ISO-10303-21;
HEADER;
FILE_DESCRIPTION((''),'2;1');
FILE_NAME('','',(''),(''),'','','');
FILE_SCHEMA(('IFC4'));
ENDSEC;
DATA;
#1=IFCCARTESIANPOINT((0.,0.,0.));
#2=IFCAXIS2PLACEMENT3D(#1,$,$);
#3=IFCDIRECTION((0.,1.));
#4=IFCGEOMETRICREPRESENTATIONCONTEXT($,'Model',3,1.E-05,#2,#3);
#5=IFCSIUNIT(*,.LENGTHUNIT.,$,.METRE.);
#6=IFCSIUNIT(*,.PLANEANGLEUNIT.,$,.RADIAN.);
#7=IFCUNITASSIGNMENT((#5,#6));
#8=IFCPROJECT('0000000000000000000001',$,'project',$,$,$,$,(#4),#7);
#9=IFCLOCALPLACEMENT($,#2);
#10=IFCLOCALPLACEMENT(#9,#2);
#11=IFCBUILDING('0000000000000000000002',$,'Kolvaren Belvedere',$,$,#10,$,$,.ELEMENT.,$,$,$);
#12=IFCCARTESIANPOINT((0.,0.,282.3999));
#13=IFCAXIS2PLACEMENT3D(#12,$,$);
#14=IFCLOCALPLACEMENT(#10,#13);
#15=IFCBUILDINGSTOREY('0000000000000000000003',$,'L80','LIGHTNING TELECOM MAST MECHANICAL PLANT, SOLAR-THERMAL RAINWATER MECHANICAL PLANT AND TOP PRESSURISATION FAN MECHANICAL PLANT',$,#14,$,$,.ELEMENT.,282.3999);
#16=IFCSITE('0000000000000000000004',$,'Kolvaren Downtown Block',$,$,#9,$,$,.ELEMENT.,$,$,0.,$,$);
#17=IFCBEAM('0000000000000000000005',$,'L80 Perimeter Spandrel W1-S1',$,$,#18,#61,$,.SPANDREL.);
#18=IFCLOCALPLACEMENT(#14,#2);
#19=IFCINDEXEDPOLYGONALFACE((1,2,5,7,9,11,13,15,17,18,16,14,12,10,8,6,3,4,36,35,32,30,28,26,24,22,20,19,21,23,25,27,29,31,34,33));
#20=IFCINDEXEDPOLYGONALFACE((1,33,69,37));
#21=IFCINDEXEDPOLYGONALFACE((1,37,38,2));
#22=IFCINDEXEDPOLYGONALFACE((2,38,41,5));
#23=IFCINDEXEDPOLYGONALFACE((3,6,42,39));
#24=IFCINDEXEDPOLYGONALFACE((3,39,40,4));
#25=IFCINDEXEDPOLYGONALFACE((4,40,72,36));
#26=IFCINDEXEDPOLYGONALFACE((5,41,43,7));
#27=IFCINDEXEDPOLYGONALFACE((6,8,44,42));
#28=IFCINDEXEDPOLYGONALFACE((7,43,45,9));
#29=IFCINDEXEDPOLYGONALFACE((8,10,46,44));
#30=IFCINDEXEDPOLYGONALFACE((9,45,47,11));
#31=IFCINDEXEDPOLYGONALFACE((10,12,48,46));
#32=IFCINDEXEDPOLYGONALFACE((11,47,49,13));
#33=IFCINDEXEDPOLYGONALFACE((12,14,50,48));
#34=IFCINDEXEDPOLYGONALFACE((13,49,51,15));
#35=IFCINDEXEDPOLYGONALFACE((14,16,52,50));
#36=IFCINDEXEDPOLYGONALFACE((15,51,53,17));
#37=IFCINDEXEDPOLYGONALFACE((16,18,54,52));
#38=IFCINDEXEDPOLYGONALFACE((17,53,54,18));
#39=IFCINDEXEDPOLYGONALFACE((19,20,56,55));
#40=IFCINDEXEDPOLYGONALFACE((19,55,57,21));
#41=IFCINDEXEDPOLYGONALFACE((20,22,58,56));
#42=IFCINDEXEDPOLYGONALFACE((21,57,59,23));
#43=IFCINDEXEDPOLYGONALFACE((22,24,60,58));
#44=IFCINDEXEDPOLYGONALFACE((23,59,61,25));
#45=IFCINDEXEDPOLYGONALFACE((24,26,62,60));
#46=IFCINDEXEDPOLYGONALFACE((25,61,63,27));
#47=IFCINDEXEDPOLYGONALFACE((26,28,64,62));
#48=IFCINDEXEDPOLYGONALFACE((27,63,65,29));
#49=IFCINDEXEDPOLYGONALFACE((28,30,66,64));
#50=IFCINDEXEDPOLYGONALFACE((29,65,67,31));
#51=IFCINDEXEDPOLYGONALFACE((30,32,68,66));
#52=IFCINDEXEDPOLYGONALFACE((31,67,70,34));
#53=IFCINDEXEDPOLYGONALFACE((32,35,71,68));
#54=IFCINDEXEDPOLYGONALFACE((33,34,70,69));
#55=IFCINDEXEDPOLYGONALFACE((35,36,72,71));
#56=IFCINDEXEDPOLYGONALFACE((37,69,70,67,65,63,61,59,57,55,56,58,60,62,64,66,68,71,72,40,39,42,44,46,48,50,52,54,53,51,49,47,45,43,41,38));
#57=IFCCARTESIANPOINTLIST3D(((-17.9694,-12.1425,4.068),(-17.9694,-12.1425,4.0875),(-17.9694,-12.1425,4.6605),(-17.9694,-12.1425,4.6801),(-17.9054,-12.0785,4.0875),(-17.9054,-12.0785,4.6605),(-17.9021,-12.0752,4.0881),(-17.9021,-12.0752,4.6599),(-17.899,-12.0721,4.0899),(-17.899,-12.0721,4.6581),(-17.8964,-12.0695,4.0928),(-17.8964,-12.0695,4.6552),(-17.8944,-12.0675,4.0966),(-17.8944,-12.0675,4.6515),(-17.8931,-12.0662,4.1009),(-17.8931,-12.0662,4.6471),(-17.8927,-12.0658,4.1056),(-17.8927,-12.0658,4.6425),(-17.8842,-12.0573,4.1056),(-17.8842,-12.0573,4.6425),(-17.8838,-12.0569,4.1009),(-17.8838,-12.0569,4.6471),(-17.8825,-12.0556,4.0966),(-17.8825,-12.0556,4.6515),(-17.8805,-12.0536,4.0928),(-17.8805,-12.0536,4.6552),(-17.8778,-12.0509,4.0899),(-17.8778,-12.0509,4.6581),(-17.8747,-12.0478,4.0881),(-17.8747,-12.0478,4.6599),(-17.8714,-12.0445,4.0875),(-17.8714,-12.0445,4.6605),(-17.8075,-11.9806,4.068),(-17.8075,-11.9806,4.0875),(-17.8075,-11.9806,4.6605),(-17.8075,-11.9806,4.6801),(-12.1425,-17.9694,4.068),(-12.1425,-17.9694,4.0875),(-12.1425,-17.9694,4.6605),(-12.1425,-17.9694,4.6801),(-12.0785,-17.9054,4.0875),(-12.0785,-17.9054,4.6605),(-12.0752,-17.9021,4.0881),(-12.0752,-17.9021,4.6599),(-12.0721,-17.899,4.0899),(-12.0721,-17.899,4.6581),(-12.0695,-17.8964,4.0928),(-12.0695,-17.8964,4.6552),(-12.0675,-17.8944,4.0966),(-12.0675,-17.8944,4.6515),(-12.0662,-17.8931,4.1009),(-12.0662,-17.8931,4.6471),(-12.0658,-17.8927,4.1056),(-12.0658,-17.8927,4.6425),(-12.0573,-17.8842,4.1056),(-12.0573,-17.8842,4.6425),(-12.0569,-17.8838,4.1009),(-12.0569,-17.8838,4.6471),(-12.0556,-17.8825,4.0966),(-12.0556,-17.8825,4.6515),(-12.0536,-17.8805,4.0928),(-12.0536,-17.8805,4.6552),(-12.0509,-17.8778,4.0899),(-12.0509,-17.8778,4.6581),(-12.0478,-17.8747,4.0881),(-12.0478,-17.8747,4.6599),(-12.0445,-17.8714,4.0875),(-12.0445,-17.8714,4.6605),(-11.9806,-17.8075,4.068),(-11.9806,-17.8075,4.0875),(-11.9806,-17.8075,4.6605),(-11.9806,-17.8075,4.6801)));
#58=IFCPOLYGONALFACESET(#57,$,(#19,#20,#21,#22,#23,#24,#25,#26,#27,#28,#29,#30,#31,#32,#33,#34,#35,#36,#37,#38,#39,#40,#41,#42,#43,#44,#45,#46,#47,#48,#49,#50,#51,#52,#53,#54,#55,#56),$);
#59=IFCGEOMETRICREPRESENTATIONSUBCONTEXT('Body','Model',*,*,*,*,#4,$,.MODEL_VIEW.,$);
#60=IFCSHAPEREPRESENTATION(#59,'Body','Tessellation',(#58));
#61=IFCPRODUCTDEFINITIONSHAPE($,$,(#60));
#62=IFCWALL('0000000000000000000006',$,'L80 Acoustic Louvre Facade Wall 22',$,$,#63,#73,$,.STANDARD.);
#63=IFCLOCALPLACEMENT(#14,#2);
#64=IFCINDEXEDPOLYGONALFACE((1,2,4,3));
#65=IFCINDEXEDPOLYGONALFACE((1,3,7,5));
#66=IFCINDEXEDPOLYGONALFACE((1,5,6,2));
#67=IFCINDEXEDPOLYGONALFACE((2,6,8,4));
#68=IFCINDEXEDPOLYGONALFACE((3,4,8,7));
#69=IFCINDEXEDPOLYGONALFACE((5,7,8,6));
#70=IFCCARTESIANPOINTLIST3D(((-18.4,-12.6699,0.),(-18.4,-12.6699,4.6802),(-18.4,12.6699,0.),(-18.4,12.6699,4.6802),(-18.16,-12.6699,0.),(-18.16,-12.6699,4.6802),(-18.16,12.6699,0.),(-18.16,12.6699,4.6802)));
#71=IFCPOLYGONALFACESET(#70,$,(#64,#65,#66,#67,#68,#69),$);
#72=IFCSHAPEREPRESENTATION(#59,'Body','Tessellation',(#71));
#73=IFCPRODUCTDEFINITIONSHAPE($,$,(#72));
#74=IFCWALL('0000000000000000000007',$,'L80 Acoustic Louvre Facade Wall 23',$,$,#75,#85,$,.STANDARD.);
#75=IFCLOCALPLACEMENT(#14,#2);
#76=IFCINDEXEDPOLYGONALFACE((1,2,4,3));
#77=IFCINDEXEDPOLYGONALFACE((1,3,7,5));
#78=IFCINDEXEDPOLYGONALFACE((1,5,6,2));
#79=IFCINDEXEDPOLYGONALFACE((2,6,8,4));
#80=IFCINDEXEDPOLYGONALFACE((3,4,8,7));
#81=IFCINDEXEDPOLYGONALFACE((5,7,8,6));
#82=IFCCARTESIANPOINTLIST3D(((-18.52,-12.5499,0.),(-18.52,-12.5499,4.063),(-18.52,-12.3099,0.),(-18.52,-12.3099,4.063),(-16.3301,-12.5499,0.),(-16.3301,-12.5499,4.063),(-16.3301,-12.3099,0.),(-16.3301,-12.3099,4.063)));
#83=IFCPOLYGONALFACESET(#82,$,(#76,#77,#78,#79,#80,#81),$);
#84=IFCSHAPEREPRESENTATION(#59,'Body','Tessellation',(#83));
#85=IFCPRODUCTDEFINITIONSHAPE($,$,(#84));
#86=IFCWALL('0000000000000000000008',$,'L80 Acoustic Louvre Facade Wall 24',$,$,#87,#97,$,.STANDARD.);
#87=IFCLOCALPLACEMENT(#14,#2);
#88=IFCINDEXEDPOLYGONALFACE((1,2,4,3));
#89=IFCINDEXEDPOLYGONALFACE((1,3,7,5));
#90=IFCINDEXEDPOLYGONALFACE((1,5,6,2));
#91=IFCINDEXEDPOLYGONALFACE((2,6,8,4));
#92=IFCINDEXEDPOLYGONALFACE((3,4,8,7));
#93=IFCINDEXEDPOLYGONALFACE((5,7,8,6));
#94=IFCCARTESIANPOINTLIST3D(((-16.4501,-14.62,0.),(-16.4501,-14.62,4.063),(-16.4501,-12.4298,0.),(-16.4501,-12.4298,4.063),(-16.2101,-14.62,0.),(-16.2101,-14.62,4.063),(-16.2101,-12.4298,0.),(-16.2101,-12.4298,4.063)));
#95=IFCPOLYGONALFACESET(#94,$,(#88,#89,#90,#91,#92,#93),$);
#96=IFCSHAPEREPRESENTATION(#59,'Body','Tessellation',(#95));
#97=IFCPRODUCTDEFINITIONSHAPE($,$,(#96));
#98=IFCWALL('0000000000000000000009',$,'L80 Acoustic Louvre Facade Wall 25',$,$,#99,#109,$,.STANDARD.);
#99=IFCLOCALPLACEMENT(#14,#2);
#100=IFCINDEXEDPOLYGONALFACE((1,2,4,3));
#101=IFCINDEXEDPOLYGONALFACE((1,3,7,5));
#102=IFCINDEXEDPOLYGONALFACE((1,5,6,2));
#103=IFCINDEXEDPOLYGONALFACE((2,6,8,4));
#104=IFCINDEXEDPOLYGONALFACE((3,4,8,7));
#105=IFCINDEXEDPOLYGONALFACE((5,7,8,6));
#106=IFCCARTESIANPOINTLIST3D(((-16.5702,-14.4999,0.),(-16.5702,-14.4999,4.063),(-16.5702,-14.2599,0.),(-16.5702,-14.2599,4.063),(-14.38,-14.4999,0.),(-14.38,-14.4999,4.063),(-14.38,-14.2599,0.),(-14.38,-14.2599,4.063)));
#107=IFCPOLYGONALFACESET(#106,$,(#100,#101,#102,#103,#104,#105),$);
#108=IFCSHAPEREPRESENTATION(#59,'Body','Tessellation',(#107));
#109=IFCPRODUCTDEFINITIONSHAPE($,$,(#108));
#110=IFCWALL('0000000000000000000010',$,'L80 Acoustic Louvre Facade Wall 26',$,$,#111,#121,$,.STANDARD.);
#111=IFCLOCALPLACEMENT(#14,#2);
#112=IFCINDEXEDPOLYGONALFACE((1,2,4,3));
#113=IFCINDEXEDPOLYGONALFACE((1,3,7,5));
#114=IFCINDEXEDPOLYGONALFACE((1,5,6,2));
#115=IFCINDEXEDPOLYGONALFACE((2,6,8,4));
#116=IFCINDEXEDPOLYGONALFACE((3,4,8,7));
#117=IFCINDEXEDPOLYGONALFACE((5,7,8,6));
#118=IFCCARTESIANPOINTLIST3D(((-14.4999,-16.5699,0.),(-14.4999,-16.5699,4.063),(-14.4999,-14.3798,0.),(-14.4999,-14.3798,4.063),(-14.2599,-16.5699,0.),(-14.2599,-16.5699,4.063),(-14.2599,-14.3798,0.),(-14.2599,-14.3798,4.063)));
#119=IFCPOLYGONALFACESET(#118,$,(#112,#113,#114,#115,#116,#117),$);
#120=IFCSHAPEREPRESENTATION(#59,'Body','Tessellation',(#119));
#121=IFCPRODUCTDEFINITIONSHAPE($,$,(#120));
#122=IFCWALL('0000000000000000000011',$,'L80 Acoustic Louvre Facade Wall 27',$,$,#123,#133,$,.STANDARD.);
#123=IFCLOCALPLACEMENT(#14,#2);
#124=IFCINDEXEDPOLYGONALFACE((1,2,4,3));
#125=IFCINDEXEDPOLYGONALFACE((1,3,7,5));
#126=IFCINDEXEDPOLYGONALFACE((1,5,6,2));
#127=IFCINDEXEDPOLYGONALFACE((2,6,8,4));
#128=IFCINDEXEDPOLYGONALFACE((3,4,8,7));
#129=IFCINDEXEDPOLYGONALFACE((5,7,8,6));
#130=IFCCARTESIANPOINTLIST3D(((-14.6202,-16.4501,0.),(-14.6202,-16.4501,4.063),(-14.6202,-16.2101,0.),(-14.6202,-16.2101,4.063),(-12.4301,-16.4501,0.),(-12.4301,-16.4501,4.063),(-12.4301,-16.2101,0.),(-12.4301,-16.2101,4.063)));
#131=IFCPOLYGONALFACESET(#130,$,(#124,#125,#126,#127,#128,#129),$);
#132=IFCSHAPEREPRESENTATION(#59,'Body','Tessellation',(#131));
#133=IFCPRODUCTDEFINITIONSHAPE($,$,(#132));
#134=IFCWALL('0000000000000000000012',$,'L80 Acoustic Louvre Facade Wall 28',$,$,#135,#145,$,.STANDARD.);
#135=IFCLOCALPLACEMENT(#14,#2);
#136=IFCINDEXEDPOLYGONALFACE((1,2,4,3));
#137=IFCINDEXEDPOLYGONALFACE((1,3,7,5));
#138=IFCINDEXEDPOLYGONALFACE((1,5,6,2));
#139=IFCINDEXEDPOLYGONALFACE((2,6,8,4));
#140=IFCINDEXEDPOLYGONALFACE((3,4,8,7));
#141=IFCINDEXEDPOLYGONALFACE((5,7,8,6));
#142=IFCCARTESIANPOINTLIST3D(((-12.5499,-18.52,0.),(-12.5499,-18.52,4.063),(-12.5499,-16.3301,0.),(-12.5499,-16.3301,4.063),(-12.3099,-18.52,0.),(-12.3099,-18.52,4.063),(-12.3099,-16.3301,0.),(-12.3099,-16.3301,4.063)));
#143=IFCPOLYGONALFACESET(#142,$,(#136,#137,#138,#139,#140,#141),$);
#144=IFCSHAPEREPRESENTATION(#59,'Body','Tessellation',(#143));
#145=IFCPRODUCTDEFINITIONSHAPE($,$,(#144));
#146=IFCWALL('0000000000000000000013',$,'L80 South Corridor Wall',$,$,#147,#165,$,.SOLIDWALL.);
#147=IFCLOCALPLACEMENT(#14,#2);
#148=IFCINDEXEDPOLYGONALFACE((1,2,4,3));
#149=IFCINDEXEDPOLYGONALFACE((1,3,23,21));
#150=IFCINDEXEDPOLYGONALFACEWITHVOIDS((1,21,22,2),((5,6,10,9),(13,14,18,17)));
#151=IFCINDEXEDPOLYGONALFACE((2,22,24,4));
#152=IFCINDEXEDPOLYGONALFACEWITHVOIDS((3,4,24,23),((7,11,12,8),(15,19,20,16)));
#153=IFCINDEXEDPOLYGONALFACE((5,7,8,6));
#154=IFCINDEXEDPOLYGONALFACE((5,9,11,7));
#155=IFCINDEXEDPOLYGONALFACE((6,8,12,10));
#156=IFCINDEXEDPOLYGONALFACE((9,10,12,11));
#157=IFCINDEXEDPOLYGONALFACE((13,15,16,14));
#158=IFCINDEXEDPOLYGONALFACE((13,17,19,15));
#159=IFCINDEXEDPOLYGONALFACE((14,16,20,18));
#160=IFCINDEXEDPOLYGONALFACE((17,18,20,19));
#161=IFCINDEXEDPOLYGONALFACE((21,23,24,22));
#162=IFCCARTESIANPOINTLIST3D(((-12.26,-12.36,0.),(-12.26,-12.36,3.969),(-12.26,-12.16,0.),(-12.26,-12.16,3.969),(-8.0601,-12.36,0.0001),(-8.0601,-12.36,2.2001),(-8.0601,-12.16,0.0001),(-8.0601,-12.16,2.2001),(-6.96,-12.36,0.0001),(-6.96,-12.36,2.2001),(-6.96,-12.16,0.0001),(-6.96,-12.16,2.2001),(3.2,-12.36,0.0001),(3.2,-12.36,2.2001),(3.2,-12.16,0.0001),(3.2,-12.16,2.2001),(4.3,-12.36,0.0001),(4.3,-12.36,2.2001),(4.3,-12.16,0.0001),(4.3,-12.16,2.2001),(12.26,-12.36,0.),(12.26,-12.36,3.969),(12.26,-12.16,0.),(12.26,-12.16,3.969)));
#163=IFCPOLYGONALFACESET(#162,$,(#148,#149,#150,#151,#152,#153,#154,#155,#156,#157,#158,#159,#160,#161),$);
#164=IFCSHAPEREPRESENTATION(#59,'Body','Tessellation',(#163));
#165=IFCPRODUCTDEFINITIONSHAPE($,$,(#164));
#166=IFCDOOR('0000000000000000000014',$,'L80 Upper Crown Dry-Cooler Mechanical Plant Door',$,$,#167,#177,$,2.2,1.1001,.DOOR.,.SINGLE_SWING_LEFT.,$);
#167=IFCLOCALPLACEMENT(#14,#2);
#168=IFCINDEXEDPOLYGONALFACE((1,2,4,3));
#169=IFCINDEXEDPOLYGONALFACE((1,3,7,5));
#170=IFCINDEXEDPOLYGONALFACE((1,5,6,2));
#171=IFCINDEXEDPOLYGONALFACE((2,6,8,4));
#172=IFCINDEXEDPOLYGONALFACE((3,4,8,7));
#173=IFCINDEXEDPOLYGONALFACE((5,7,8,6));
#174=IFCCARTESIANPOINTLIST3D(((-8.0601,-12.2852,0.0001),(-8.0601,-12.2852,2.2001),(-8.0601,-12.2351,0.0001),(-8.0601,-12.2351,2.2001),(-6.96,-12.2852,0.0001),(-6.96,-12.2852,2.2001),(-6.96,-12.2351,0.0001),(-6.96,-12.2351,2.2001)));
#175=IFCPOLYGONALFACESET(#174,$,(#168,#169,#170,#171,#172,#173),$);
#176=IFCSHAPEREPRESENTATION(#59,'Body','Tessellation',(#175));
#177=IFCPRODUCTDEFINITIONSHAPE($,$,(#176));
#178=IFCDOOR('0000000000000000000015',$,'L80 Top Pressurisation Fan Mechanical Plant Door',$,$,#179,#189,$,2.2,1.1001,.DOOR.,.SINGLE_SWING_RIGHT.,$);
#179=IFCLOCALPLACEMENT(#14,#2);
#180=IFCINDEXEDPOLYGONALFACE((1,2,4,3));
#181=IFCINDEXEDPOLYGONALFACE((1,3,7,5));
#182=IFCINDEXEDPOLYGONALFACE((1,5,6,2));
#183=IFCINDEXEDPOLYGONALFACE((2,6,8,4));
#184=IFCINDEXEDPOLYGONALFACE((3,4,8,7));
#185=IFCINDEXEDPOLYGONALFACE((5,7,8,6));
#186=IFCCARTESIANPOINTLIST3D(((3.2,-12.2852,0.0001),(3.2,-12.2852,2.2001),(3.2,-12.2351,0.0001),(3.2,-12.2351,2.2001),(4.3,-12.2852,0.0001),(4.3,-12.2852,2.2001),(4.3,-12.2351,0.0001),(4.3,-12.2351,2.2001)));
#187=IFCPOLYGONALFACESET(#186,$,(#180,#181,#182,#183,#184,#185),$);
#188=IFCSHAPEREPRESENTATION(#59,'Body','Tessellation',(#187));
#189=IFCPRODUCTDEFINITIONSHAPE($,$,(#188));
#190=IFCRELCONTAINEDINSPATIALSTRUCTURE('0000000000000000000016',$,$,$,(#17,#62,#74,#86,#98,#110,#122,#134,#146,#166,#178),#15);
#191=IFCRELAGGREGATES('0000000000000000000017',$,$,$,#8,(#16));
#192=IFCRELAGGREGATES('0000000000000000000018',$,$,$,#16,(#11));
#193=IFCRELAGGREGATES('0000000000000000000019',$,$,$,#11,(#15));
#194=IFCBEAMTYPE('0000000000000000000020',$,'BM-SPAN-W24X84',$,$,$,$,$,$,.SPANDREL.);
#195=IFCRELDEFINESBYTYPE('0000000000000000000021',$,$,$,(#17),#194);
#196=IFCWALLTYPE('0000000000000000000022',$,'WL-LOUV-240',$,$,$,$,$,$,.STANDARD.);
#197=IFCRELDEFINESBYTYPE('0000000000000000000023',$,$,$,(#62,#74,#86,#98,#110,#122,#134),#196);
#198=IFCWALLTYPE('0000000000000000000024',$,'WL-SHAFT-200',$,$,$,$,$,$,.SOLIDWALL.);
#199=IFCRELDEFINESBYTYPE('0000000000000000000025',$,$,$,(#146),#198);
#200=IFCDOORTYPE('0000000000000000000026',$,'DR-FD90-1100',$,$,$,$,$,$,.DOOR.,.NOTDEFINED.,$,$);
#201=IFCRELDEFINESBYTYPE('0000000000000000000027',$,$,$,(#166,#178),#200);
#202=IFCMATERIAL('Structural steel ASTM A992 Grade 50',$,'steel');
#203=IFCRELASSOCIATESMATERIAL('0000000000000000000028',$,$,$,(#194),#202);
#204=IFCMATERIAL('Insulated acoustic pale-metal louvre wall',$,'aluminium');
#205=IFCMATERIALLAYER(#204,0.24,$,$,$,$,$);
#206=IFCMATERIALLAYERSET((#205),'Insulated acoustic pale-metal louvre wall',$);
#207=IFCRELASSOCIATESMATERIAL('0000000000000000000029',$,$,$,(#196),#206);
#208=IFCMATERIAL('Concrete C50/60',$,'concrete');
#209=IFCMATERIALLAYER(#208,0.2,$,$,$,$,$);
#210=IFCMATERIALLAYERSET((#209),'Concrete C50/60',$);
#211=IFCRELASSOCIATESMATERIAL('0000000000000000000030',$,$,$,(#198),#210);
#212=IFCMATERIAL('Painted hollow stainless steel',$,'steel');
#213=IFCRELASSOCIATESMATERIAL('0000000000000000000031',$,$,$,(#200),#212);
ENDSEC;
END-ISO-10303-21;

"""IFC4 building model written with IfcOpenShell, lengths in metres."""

from ifc_helpers import new_model, si_unit, direction, frame, frame_2d, origin, origin_2d, place, context, subcontext, project, spatial, rectangle, i_section, extrude, material, layer, layer_set, material_profile, profile_set, type_object, element, fill, save


model = new_model("IFC4")

# Units and contexts
model_context = context("Model", 3, precision=1e-05, world=origin(), true_north=direction((0.0, 1.0)))
body_context = subcontext(model_context, "Body", "Model", "MODEL_VIEW")
ifc_project = project(units=[si_unit("LENGTHUNIT", "METRE"), si_unit("PLANEANGLEUNIT", "RADIAN")], contexts=[model_context])

# Site, building, storey
site_placement = place(None, origin())
site = spatial("IfcSite", under=ifc_project, at=site_placement, Name="Kolvaren Downtown Block", CompositionType="ELEMENT", RefElevation=0.0)
building_placement = place(site_placement, origin())
building = spatial("IfcBuilding", under=site, at=building_placement, Name="Kolvaren Belvedere", CompositionType="ELEMENT")
storey_placement = place(building_placement, frame((0.0, 0.0, 282.3999)))
storey = spatial("IfcBuildingStorey", under=building, at=storey_placement, Name="L80", Description="LIGHTNING TELECOM MAST MECHANICAL PLANT, SOLAR-THERMAL RAINWATER MECHANICAL PLANT AND TOP PRESSURISATION FAN MECHANICAL PLANT", CompositionType="ELEMENT", Elevation=282.3999)

# Beam
ifc_material_1 = material(Name="Structural steel ASTM A992 Grade 50", Category="steel")
ifc_material_profile_1 = material_profile(ifc_material_1, i_section(OverallWidth=0.229, OverallDepth=0.6121, WebThickness=0.012, FlangeThickness=0.0195, FilletRadius=0.0181, at=origin_2d()), Name="W24X84")
ifc_profile_set_1 = profile_set([ifc_material_profile_1], Name="Structural steel ASTM A992 Grade 50")
beam_type_1 = type_object("IfcBeamType", Name="BM-SPAN-W24X84", PredefinedType="SPANDREL", material=ifc_profile_set_1)
beam_1_placement = place(storey_placement, frame((-17.8884, -12.0615, 4.374), z_axis=(0.707107, -0.707107, 0.0), x_axis=(0.707107, 0.707107, 0.0)))
element("IfcBeam", 1, at=beam_1_placement, inside=storey, type_object=beam_type_1, Name="L80 Perimeter Spandrel W1-S1", PredefinedType="SPANDREL", context=body_context, shape_type="SweptSolid", body=[
    extrude(i_section(OverallWidth=0.229, OverallDepth=0.6121, WebThickness=0.012, FlangeThickness=0.0195, FilletRadius=0.0181, at=origin_2d()), origin(), (0.0, 0.0, 1.0), 8.2405),
])

# Walls
ifc_material_2 = material(Name="Insulated acoustic pale-metal louvre wall", Category="aluminium")
ifc_layer_1 = layer(ifc_material_2, 0.24)
ifc_layer_set_1 = layer_set([ifc_layer_1], Name="Insulated acoustic pale-metal louvre wall")
wall_type_1 = type_object("IfcWallType", Name="WL-LOUV-240", PredefinedType="STANDARD", material=ifc_layer_set_1)
wall_1_placement = place(storey_placement, frame((-18.28, -12.6699, 0.0), z_axis=(0.0, 0.0, 1.0), x_axis=(0.0, 1.0, 0.0)))
element("IfcWall", 2, at=wall_1_placement, inside=storey, type_object=wall_type_1, Name="L80 Acoustic Louvre Facade Wall 22", PredefinedType="STANDARD", context=body_context, shape_type="SweptSolid", body=[
    extrude(rectangle(XDim=25.3398, YDim=0.24, at=frame_2d((12.6699, 0.0))), origin(), (0.0, 0.0, 1.0), 4.6802),
])
wall_2_placement = place(storey_placement, frame((-16.3301, -12.4299, 0.0), z_axis=(0.0, 0.0, 1.0), x_axis=(-1.0, 0.0, 0.0)))
element("IfcWall", 3, at=wall_2_placement, inside=storey, type_object=wall_type_1, Name="L80 Acoustic Louvre Facade Wall 23", PredefinedType="STANDARD", context=body_context, shape_type="SweptSolid", body=[
    extrude(rectangle(XDim=2.1899, YDim=0.24, at=frame_2d((1.095, 0.0))), origin(), (0.0, 0.0, 1.0), 4.063),
])
for number, where, z_axis, x_axis, name in (
    (4, (-16.3301, -14.6201, 0.0), (0.0, 0.0, 1.0), (0.0, 1.0, 0.0), "L80 Acoustic Louvre Facade Wall 24"),
    (5, (-14.3799, -14.3799, 0.0), (0.0, 0.0, 1.0), (-1.0, 0.0, 0.0), "L80 Acoustic Louvre Facade Wall 25"),
    (6, (-14.3799, -16.5701, 0.0), (0.0, 0.0, 1.0), (0.0, 1.0, 0.0), "L80 Acoustic Louvre Facade Wall 26"),
    (7, (-12.4299, -16.3301, 0.0), (0.0, 0.0, 1.0), (-1.0, 0.0, 0.0), "L80 Acoustic Louvre Facade Wall 27"),
):
    element("IfcWall", number, at=place(storey_placement, frame(where, z_axis=z_axis, x_axis=x_axis)), inside=storey, type_object=wall_type_1, Name=name, PredefinedType="STANDARD", context=body_context, shape_type="SweptSolid", body=[
        extrude(rectangle(XDim=2.1902, YDim=0.24, at=frame_2d((1.0952, 0.0))), origin(), (0.0, 0.0, 1.0), 4.063),
    ])
wall_3_placement = place(storey_placement, frame((-12.4299, -18.52, 0.0), z_axis=(0.0, 0.0, 1.0), x_axis=(0.0, 1.0, 0.0)))
element("IfcWall", 8, at=wall_3_placement, inside=storey, type_object=wall_type_1, Name="L80 Acoustic Louvre Facade Wall 28", PredefinedType="STANDARD", context=body_context, shape_type="SweptSolid", body=[
    extrude(rectangle(XDim=2.1899, YDim=0.24, at=frame_2d((1.095, 0.0))), origin(), (0.0, 0.0, 1.0), 4.063),
])

# Wall, openings, doors
ifc_material_3 = material(Name="Concrete C50/60", Category="concrete")
ifc_layer_2 = layer(ifc_material_3, 0.2)
ifc_layer_set_2 = layer_set([ifc_layer_2], Name="Concrete C50/60")
wall_type_2 = type_object("IfcWallType", Name="WL-SHAFT-200", PredefinedType="SOLIDWALL", material=ifc_layer_set_2)
wall_4_placement = place(storey_placement, frame((-12.26, -12.26, 0.0), z_axis=(0.0, 0.0, 1.0), x_axis=(1.0, 0.0, 0.0)))
wall_4 = element("IfcWall", 9, at=wall_4_placement, inside=storey, type_object=wall_type_2, Name="L80 South Corridor Wall", PredefinedType="SOLIDWALL", context=body_context, shape_type="SweptSolid", body=[
    extrude(rectangle(XDim=24.52, YDim=0.2, at=frame_2d((12.26, 0.0))), origin(), (0.0, 0.0, 1.0), 3.969),
])
opening_1_placement = place(wall_4_placement, frame((4.2, 0.0, 0.0)))
opening_1 = element("IfcOpeningElement", 10, at=opening_1_placement, cuts=wall_4, PredefinedType="OPENING", context=body_context, shape_type="SweptSolid", body=[
    extrude(rectangle(XDim=1.1001, YDim=2.2, at=frame_2d((0.55, 1.1001))), frame((0.0, 0.1099, 0.0), z_axis=(0.0, -1.0, 0.0), x_axis=(1.0, 0.0, 0.0)), (0.0, 0.0, 1.0), 0.22),
])
opening_2_placement = place(wall_4_placement, frame((15.46, 0.0, 0.0)))
opening_2 = element("IfcOpeningElement", 11, at=opening_2_placement, cuts=wall_4, PredefinedType="OPENING", context=body_context, shape_type="SweptSolid", body=[
    extrude(rectangle(XDim=1.1001, YDim=2.2, at=frame_2d((0.55, 1.1001))), frame((0.0, 0.1099, 0.0), z_axis=(0.0, -1.0, 0.0), x_axis=(1.0, 0.0, 0.0)), (0.0, 0.0, 1.0), 0.22),
])
ifc_material_4 = material(Name="Painted hollow stainless steel", Category="steel")
door_type = type_object("IfcDoorType", Name="DR-FD90-1100", OperationType="NOTDEFINED", PredefinedType="DOOR", material=ifc_material_4)
door_1_placement = place(opening_1_placement, origin())
door_1 = element("IfcDoor", 12, at=door_1_placement, inside=storey, type_object=door_type, Name="L80 Upper Crown Dry-Cooler Mechanical Plant Door", OperationType="SINGLE_SWING_LEFT", OverallHeight=2.2, OverallWidth=1.1001, PredefinedType="DOOR", context=body_context, shape_type="SweptSolid", body=[
    extrude(rectangle(XDim=1.1001, YDim=2.2, at=frame_2d((0.55, 1.1001))), frame((0.0, 0.0249, 0.0), z_axis=(0.0, -1.0, 0.0), x_axis=(1.0, 0.0, 0.0)), (0.0, 0.0, 1.0), 0.05),
])
fill(opening_1, door_1)
door_2_placement = place(opening_2_placement, origin())
door_2 = element("IfcDoor", 13, at=door_2_placement, inside=storey, type_object=door_type, Name="L80 Top Pressurisation Fan Mechanical Plant Door", OperationType="SINGLE_SWING_RIGHT", OverallHeight=2.2, OverallWidth=1.1001, PredefinedType="DOOR", context=body_context, shape_type="SweptSolid", body=[
    extrude(rectangle(XDim=1.1001, YDim=2.2, at=frame_2d((0.55, 1.1001))), frame((0.0, 0.0249, 0.0), z_axis=(0.0, -1.0, 0.0), x_axis=(1.0, 0.0, 0.0)), (0.0, 0.0, 1.0), 0.05),
])
fill(opening_2, door_2)

save(model, "model.ifc")
